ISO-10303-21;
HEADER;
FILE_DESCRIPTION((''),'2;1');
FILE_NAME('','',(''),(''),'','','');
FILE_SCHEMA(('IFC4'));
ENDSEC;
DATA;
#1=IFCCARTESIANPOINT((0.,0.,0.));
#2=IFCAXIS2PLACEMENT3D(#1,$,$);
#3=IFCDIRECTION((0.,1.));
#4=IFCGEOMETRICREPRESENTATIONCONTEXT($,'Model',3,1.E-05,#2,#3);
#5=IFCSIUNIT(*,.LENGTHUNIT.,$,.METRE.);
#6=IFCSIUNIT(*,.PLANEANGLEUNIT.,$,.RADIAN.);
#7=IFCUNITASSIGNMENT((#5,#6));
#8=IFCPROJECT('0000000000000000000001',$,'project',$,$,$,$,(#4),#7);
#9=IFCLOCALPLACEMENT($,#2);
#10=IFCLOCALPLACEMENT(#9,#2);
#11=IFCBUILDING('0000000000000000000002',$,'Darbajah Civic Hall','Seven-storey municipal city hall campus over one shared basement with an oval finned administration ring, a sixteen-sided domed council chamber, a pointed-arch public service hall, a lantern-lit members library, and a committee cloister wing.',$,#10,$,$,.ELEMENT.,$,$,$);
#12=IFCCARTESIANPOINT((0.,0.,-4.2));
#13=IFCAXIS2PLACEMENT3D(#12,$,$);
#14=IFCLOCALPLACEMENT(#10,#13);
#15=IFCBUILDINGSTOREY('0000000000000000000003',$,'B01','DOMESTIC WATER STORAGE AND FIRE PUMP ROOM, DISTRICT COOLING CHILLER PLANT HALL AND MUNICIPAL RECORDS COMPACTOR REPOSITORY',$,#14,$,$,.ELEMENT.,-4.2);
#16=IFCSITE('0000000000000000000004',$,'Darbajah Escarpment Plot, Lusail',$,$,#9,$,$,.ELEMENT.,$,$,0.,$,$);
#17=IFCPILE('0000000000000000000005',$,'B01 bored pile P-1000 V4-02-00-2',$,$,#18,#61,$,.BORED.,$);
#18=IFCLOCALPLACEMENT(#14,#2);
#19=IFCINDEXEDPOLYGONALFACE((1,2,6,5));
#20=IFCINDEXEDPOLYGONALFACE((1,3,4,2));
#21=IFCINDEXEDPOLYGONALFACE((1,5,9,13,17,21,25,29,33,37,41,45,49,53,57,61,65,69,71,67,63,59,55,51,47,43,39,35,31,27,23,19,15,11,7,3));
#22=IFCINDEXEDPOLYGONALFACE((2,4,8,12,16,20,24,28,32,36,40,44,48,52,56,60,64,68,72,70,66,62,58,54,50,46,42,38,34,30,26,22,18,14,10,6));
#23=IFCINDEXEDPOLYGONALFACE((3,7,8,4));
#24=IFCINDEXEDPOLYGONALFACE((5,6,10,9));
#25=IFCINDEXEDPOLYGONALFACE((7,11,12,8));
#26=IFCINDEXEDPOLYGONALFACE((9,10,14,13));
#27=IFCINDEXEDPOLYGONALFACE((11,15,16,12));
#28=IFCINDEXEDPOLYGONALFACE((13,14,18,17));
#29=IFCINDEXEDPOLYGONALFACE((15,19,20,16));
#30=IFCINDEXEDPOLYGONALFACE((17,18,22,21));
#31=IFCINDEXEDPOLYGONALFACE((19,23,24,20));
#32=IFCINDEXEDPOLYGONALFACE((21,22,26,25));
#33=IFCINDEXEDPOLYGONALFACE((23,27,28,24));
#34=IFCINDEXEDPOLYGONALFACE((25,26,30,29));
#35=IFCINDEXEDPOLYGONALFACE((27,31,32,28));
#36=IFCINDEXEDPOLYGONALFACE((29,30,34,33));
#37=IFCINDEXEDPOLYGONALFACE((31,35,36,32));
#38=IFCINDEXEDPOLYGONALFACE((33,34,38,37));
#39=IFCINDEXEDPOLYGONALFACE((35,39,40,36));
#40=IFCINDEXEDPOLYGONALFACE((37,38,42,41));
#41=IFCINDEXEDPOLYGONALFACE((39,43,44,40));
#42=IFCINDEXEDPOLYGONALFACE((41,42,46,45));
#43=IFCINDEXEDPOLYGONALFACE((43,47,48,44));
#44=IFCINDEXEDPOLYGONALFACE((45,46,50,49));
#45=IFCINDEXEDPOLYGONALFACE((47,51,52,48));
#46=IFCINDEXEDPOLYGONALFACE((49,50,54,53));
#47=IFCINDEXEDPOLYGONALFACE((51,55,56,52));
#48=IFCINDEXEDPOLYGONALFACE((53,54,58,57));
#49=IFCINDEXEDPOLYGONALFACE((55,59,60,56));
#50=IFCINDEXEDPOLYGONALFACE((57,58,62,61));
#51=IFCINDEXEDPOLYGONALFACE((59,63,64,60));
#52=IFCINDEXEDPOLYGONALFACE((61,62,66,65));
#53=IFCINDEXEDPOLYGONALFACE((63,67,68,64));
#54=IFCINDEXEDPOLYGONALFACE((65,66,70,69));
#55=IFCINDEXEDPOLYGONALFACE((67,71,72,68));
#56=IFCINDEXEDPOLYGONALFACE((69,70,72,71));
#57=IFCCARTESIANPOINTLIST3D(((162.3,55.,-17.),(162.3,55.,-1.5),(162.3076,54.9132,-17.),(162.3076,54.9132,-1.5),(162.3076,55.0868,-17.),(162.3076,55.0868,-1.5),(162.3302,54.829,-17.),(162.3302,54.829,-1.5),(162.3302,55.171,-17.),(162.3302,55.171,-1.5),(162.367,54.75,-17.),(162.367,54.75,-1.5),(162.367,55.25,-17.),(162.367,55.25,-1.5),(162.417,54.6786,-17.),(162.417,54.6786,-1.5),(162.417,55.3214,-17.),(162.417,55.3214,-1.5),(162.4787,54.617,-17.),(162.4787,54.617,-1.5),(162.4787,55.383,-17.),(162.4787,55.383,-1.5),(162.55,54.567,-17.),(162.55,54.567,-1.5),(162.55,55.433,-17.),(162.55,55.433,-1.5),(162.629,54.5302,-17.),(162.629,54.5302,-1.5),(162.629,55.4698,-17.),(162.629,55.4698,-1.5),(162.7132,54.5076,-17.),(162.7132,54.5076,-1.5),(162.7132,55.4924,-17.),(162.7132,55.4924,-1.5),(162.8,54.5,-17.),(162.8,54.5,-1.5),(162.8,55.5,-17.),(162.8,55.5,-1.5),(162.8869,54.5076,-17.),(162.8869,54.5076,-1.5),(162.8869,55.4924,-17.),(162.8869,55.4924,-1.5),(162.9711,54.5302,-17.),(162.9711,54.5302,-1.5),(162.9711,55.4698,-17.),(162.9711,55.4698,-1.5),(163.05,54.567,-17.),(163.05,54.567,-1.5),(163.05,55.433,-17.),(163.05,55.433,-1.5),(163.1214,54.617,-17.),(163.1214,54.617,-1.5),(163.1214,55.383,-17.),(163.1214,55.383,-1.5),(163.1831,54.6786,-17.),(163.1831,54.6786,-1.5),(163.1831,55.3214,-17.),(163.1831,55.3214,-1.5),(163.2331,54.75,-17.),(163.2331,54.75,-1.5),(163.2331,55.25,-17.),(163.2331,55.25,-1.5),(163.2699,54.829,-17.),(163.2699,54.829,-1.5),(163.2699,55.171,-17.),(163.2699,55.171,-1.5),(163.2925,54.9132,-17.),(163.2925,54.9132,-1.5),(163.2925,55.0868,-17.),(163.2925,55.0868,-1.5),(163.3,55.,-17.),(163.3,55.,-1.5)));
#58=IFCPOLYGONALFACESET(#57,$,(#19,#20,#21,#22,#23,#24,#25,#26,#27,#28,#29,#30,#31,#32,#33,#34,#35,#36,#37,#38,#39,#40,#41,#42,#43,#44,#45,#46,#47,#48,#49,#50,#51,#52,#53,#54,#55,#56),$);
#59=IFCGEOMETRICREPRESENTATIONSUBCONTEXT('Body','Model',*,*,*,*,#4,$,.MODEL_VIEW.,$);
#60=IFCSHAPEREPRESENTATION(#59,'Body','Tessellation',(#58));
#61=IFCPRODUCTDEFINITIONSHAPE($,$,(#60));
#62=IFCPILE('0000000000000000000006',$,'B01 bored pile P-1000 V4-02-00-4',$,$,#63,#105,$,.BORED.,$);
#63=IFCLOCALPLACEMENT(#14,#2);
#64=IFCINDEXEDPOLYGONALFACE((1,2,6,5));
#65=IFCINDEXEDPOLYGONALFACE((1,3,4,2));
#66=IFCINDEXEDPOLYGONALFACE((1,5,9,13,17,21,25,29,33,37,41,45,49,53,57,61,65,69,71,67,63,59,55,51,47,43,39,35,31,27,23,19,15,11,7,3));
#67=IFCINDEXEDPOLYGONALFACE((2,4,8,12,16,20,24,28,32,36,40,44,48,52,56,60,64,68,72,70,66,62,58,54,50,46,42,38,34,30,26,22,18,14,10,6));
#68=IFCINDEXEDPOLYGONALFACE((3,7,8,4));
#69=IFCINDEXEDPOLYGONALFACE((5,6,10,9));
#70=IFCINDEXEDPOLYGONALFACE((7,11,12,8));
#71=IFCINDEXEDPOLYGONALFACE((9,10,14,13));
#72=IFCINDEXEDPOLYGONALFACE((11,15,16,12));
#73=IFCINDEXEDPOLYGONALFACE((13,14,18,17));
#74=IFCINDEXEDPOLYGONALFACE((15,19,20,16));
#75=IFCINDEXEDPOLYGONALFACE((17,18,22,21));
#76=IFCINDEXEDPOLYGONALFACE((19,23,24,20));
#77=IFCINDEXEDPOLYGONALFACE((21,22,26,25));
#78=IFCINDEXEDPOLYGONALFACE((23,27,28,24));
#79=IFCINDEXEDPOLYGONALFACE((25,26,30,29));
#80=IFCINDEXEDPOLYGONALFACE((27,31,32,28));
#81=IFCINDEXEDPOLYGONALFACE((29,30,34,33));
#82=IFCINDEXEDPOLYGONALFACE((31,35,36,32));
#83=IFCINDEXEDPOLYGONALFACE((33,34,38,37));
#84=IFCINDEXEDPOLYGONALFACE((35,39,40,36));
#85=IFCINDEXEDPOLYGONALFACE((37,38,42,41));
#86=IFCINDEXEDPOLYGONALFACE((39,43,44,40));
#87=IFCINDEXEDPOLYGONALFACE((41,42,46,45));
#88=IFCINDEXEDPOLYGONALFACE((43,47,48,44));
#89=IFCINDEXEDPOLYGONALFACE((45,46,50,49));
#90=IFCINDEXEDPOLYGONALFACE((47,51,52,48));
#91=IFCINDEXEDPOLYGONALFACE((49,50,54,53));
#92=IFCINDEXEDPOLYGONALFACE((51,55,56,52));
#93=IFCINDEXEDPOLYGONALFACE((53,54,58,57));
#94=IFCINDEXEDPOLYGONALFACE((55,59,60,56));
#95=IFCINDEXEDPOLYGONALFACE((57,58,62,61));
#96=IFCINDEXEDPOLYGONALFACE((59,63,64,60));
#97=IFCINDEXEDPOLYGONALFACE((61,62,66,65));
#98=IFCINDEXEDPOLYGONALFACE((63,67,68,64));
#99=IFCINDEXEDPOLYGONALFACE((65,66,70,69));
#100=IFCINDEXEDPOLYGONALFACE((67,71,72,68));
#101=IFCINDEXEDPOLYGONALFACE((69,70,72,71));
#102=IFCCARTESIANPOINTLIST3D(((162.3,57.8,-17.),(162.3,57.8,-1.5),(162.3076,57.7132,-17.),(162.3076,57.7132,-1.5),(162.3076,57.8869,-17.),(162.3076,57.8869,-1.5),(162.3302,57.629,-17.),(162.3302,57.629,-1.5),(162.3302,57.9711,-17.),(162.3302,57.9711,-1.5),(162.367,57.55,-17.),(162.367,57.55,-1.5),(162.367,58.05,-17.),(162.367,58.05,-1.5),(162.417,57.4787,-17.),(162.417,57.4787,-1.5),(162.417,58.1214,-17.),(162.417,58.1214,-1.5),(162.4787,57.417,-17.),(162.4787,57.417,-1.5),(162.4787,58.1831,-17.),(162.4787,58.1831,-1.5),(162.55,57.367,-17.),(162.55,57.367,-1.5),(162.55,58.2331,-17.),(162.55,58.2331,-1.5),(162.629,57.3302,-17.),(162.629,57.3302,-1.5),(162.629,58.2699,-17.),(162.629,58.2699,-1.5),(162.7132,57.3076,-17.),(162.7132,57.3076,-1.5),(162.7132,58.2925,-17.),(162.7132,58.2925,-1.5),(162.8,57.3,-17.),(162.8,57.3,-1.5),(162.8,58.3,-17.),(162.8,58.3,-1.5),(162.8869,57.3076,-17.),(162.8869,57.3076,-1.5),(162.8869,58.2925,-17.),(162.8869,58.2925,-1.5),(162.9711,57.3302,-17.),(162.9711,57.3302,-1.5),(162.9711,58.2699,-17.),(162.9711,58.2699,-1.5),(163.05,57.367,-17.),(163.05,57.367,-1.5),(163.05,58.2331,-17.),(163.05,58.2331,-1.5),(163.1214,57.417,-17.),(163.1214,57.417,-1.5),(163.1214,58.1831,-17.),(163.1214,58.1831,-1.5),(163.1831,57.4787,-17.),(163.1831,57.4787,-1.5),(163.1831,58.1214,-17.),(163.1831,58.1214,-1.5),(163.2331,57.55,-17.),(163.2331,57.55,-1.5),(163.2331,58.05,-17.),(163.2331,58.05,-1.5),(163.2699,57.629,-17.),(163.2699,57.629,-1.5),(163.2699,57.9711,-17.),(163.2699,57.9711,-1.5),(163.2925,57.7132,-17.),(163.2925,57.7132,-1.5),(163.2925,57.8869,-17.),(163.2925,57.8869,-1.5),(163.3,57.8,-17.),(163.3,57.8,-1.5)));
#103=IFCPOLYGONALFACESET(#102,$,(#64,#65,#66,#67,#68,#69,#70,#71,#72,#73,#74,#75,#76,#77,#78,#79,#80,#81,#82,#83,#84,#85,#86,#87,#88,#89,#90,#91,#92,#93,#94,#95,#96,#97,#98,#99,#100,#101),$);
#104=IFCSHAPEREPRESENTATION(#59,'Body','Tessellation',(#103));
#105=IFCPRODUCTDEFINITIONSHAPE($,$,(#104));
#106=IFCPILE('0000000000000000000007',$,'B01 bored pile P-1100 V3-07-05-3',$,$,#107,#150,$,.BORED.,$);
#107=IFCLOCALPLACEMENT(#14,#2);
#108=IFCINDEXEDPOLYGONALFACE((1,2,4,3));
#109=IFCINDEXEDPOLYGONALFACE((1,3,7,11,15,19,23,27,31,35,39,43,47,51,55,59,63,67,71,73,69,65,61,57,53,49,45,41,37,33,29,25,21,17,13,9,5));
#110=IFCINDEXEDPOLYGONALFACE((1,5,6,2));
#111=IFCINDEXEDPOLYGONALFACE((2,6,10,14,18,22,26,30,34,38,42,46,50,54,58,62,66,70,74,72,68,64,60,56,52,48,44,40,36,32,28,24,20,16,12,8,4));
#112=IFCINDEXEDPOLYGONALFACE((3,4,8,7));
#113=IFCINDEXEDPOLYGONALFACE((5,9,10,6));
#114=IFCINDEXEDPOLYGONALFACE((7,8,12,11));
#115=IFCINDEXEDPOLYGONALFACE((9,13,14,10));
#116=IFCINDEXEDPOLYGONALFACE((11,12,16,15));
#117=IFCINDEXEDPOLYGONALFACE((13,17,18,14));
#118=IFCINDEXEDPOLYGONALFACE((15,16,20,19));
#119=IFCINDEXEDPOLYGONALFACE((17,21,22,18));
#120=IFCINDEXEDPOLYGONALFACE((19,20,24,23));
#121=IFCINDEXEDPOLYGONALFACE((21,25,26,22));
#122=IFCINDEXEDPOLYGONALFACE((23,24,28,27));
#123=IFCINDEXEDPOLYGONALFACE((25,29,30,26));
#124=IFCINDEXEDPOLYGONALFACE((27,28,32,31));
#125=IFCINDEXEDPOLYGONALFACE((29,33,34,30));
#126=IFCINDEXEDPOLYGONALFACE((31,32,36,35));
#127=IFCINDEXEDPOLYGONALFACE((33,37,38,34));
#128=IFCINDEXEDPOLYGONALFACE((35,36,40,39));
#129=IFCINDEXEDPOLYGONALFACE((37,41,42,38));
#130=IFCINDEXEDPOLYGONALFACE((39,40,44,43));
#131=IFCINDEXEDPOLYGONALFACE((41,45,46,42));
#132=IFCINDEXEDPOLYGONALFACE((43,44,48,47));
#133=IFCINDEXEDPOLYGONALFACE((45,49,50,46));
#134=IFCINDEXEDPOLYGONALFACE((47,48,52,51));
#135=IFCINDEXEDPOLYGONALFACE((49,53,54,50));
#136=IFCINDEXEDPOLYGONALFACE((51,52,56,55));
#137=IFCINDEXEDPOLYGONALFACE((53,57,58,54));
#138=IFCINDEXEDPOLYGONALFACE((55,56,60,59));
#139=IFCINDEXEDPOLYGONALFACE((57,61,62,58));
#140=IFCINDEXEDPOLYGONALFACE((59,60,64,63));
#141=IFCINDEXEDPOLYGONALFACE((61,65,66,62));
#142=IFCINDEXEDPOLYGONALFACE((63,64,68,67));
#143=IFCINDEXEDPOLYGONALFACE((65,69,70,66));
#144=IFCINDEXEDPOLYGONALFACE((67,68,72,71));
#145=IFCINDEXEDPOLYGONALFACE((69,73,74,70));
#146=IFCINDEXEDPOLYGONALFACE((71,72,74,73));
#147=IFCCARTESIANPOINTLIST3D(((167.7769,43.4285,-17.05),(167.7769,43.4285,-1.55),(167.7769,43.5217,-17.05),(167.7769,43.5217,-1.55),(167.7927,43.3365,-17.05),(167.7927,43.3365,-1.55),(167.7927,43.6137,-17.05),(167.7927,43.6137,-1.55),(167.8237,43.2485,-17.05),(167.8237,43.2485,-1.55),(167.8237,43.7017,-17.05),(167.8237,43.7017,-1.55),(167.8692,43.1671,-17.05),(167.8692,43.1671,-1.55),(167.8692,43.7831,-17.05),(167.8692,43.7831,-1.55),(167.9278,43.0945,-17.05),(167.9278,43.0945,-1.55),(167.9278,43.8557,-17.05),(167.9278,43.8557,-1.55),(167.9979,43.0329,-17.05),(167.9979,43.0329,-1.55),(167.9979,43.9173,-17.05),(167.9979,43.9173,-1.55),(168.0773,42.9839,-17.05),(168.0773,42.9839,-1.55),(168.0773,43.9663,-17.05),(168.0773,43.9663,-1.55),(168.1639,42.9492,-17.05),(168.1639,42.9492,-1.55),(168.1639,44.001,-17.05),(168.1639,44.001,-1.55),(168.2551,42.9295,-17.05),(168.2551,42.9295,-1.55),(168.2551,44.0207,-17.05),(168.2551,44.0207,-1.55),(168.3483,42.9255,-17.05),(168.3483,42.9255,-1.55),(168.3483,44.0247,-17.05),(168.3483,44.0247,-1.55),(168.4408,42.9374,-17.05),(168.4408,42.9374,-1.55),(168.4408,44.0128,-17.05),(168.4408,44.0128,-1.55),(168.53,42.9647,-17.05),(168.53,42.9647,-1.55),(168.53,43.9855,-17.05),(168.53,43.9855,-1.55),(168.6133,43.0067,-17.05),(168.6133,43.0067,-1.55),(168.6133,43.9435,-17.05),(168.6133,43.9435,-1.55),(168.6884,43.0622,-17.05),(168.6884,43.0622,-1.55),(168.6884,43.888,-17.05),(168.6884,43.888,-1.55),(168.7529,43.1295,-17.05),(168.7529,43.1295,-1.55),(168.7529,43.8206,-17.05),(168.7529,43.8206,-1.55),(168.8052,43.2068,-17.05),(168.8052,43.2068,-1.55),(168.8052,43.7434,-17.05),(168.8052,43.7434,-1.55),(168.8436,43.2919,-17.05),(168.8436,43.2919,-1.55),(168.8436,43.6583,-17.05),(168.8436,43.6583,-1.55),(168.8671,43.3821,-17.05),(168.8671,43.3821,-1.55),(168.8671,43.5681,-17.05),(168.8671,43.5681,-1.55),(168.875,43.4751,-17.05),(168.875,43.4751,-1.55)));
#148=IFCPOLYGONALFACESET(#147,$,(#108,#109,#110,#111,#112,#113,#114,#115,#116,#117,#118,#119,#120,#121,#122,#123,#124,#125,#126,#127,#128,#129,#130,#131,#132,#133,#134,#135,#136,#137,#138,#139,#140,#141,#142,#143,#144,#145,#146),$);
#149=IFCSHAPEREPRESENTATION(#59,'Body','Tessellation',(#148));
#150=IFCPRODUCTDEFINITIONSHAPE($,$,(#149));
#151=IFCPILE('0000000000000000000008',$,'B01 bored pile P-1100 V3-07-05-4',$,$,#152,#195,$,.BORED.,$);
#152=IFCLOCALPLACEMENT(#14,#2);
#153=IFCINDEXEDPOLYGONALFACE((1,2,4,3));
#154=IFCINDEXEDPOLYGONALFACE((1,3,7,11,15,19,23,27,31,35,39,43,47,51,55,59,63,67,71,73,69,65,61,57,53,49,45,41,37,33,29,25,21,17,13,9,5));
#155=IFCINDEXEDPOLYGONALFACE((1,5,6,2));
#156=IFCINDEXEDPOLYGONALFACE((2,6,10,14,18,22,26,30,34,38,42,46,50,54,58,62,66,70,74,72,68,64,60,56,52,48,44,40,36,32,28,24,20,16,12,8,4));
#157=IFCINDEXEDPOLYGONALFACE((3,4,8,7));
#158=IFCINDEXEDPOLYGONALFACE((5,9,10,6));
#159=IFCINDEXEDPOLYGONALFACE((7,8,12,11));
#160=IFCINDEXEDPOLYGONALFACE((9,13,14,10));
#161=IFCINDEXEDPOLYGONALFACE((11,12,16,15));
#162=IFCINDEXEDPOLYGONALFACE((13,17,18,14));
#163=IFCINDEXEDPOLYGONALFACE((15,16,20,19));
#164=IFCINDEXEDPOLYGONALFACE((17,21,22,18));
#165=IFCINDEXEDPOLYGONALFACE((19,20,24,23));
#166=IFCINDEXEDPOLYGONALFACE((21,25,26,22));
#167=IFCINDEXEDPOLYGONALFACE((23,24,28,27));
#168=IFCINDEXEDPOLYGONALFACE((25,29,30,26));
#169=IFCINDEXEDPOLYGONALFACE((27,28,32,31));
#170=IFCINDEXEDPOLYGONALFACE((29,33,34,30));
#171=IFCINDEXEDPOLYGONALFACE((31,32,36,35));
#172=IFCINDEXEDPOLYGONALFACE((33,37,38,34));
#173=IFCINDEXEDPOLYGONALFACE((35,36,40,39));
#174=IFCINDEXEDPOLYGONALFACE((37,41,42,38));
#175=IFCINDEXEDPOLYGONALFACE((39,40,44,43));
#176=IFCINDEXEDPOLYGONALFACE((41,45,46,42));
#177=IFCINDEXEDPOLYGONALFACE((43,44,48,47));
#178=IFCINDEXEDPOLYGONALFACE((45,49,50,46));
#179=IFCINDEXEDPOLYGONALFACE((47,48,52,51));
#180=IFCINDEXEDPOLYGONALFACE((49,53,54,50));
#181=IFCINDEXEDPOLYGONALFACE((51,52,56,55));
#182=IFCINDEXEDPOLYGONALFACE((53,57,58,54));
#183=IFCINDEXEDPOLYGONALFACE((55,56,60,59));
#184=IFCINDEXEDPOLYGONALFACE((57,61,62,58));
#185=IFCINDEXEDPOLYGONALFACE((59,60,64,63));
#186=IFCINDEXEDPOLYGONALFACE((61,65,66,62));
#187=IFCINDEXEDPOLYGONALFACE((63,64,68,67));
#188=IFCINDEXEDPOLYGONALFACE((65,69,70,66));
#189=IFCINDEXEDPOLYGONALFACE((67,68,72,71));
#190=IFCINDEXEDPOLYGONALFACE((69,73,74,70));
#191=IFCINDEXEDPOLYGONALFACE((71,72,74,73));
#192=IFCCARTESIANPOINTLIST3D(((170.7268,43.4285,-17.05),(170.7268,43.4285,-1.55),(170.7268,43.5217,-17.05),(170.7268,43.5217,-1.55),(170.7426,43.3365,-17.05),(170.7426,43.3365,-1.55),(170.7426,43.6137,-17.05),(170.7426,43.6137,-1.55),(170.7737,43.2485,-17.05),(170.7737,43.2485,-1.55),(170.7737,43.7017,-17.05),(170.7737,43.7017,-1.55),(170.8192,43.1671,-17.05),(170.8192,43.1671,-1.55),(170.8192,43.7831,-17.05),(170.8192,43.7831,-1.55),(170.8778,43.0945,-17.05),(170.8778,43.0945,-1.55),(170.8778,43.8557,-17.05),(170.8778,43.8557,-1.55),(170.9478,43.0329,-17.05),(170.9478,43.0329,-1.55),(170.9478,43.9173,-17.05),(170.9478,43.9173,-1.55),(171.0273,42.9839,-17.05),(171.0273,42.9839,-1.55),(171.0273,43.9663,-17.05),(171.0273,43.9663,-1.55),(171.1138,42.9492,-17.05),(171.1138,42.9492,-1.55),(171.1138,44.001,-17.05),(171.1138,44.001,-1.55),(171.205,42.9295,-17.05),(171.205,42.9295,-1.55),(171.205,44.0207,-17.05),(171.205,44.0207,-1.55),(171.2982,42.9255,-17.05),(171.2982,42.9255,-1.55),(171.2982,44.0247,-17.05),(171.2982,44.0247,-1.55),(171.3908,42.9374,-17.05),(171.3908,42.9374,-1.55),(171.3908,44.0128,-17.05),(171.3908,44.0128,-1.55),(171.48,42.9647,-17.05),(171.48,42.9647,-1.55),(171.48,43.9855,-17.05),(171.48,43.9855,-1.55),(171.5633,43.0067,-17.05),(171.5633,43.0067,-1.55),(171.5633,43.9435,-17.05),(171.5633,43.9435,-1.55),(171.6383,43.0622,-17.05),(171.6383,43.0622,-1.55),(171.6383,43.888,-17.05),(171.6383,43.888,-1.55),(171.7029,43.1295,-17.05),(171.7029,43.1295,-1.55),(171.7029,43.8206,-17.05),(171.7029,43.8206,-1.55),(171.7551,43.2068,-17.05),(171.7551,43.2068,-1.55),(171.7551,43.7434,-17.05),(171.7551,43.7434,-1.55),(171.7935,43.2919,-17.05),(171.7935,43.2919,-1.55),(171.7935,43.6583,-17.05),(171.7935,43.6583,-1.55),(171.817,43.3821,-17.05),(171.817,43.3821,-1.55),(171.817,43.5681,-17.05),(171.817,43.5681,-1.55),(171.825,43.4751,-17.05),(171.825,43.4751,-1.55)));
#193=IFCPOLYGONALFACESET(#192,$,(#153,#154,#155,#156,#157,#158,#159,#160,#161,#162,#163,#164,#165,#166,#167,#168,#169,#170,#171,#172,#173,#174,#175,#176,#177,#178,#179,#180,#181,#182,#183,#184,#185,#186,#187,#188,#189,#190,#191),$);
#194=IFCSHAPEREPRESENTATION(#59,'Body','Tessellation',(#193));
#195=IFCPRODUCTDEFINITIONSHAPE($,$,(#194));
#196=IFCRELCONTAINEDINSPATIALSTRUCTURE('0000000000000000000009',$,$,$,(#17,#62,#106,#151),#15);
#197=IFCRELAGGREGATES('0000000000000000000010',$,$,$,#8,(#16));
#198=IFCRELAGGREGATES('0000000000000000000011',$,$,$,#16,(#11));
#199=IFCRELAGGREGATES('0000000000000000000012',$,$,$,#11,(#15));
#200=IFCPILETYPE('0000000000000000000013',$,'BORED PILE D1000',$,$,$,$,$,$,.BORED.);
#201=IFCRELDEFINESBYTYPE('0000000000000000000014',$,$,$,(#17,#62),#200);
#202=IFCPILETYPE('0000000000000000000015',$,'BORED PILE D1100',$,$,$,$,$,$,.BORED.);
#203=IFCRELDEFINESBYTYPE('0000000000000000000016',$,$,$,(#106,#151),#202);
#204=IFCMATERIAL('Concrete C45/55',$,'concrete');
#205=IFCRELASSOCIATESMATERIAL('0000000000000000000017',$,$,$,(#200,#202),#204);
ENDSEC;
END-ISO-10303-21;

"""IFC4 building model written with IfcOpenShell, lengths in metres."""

from ifc_helpers import new_model, si_unit, direction, frame, origin, origin_2d, place, context, subcontext, project, spatial, circle, extrude, material, material_profile, profile_set, type_object, element, save


model = new_model("IFC4")

# Units and contexts
model_context = context("Model", 3, precision=1e-05, world=origin(), true_north=direction((0.0, 1.0)))
body_context = subcontext(model_context, "Body", "Model", "MODEL_VIEW")
ifc_project = project(units=[si_unit("LENGTHUNIT", "METRE"), si_unit("PLANEANGLEUNIT", "RADIAN")], contexts=[model_context])

# Site, building, storey
site_placement = place(None, origin())
site = spatial("IfcSite", under=ifc_project, at=site_placement, Name="Darbajah Escarpment Plot, Lusail", CompositionType="ELEMENT", RefElevation=0.0)
building_placement = place(site_placement, origin())
building = spatial("IfcBuilding", under=site, at=building_placement, Name="Darbajah Civic Hall", Description="Seven-storey municipal city hall campus over one shared basement with an oval finned administration ring, a sixteen-sided domed council chamber, a pointed-arch public service hall, a lantern-lit members library, and a committee cloister wing.", CompositionType="ELEMENT")
storey_placement = place(building_placement, frame((0.0, 0.0, -4.2)))
storey = spatial("IfcBuildingStorey", under=building, at=storey_placement, Name="B01", Description="DOMESTIC WATER STORAGE AND FIRE PUMP ROOM, DISTRICT COOLING CHILLER PLANT HALL AND MUNICIPAL RECORDS COMPACTOR REPOSITORY", CompositionType="ELEMENT", Elevation=-4.2)

# Piles
ifc_material_1 = material(Name="Concrete C45/55", Category="concrete")
ifc_material_profile_1 = material_profile(ifc_material_1, circle(Radius=0.5, at=origin_2d()), Name="BORED PILE D1000")
ifc_profile_set_1 = profile_set([ifc_material_profile_1], Name="Concrete C45/55")
pile_type_1 = type_object("IfcPileType", Name="BORED PILE D1000", PredefinedType="BORED", material=ifc_profile_set_1)
for number, where, z_axis, x_axis, name in (
    (1, (162.8, 55.0, -1.5), (0.0, 0.0, -1.0), (1.0, 0.0, 0.0), "B01 bored pile P-1000 V4-02-00-2"),
    (2, (162.8, 57.8, -1.5), (0.0, 0.0, -1.0), (1.0, 0.0, 0.0), "B01 bored pile P-1000 V4-02-00-4"),
):
    element("IfcPile", number, at=place(storey_placement, frame(where, z_axis=z_axis, x_axis=x_axis)), inside=storey, type_object=pile_type_1, Name=name, PredefinedType="BORED", context=body_context, shape_type="SweptSolid", body=[
        extrude(circle(Radius=0.5, at=origin_2d()), origin(), (0.0, 0.0, 1.0), 15.5),
    ])
ifc_material_profile_2 = material_profile(ifc_material_1, circle(Radius=0.55, at=origin_2d()), Name="BORED PILE D1100")
ifc_profile_set_2 = profile_set([ifc_material_profile_2], Name="Concrete C45/55")
pile_type_2 = type_object("IfcPileType", Name="BORED PILE D1100", PredefinedType="BORED", material=ifc_profile_set_2)
for number, where, z_axis, x_axis, name in (
    (3, (168.325, 43.4751, -1.55), (0.0, 0.0, -1.0), (1.0, 0.0, 0.0), "B01 bored pile P-1100 V3-07-05-3"),
    (4, (171.2749, 43.4751, -1.55), (0.0, 0.0, -1.0), (1.0, 0.0, 0.0), "B01 bored pile P-1100 V3-07-05-4"),
):
    element("IfcPile", number, at=place(storey_placement, frame(where, z_axis=z_axis, x_axis=x_axis)), inside=storey, type_object=pile_type_2, Name=name, PredefinedType="BORED", context=body_context, shape_type="SweptSolid", body=[
        extrude(circle(Radius=0.55, at=origin_2d()), origin(), (0.0, 0.0, 1.0), 15.5),
    ])

save(model, "model.ifc")
